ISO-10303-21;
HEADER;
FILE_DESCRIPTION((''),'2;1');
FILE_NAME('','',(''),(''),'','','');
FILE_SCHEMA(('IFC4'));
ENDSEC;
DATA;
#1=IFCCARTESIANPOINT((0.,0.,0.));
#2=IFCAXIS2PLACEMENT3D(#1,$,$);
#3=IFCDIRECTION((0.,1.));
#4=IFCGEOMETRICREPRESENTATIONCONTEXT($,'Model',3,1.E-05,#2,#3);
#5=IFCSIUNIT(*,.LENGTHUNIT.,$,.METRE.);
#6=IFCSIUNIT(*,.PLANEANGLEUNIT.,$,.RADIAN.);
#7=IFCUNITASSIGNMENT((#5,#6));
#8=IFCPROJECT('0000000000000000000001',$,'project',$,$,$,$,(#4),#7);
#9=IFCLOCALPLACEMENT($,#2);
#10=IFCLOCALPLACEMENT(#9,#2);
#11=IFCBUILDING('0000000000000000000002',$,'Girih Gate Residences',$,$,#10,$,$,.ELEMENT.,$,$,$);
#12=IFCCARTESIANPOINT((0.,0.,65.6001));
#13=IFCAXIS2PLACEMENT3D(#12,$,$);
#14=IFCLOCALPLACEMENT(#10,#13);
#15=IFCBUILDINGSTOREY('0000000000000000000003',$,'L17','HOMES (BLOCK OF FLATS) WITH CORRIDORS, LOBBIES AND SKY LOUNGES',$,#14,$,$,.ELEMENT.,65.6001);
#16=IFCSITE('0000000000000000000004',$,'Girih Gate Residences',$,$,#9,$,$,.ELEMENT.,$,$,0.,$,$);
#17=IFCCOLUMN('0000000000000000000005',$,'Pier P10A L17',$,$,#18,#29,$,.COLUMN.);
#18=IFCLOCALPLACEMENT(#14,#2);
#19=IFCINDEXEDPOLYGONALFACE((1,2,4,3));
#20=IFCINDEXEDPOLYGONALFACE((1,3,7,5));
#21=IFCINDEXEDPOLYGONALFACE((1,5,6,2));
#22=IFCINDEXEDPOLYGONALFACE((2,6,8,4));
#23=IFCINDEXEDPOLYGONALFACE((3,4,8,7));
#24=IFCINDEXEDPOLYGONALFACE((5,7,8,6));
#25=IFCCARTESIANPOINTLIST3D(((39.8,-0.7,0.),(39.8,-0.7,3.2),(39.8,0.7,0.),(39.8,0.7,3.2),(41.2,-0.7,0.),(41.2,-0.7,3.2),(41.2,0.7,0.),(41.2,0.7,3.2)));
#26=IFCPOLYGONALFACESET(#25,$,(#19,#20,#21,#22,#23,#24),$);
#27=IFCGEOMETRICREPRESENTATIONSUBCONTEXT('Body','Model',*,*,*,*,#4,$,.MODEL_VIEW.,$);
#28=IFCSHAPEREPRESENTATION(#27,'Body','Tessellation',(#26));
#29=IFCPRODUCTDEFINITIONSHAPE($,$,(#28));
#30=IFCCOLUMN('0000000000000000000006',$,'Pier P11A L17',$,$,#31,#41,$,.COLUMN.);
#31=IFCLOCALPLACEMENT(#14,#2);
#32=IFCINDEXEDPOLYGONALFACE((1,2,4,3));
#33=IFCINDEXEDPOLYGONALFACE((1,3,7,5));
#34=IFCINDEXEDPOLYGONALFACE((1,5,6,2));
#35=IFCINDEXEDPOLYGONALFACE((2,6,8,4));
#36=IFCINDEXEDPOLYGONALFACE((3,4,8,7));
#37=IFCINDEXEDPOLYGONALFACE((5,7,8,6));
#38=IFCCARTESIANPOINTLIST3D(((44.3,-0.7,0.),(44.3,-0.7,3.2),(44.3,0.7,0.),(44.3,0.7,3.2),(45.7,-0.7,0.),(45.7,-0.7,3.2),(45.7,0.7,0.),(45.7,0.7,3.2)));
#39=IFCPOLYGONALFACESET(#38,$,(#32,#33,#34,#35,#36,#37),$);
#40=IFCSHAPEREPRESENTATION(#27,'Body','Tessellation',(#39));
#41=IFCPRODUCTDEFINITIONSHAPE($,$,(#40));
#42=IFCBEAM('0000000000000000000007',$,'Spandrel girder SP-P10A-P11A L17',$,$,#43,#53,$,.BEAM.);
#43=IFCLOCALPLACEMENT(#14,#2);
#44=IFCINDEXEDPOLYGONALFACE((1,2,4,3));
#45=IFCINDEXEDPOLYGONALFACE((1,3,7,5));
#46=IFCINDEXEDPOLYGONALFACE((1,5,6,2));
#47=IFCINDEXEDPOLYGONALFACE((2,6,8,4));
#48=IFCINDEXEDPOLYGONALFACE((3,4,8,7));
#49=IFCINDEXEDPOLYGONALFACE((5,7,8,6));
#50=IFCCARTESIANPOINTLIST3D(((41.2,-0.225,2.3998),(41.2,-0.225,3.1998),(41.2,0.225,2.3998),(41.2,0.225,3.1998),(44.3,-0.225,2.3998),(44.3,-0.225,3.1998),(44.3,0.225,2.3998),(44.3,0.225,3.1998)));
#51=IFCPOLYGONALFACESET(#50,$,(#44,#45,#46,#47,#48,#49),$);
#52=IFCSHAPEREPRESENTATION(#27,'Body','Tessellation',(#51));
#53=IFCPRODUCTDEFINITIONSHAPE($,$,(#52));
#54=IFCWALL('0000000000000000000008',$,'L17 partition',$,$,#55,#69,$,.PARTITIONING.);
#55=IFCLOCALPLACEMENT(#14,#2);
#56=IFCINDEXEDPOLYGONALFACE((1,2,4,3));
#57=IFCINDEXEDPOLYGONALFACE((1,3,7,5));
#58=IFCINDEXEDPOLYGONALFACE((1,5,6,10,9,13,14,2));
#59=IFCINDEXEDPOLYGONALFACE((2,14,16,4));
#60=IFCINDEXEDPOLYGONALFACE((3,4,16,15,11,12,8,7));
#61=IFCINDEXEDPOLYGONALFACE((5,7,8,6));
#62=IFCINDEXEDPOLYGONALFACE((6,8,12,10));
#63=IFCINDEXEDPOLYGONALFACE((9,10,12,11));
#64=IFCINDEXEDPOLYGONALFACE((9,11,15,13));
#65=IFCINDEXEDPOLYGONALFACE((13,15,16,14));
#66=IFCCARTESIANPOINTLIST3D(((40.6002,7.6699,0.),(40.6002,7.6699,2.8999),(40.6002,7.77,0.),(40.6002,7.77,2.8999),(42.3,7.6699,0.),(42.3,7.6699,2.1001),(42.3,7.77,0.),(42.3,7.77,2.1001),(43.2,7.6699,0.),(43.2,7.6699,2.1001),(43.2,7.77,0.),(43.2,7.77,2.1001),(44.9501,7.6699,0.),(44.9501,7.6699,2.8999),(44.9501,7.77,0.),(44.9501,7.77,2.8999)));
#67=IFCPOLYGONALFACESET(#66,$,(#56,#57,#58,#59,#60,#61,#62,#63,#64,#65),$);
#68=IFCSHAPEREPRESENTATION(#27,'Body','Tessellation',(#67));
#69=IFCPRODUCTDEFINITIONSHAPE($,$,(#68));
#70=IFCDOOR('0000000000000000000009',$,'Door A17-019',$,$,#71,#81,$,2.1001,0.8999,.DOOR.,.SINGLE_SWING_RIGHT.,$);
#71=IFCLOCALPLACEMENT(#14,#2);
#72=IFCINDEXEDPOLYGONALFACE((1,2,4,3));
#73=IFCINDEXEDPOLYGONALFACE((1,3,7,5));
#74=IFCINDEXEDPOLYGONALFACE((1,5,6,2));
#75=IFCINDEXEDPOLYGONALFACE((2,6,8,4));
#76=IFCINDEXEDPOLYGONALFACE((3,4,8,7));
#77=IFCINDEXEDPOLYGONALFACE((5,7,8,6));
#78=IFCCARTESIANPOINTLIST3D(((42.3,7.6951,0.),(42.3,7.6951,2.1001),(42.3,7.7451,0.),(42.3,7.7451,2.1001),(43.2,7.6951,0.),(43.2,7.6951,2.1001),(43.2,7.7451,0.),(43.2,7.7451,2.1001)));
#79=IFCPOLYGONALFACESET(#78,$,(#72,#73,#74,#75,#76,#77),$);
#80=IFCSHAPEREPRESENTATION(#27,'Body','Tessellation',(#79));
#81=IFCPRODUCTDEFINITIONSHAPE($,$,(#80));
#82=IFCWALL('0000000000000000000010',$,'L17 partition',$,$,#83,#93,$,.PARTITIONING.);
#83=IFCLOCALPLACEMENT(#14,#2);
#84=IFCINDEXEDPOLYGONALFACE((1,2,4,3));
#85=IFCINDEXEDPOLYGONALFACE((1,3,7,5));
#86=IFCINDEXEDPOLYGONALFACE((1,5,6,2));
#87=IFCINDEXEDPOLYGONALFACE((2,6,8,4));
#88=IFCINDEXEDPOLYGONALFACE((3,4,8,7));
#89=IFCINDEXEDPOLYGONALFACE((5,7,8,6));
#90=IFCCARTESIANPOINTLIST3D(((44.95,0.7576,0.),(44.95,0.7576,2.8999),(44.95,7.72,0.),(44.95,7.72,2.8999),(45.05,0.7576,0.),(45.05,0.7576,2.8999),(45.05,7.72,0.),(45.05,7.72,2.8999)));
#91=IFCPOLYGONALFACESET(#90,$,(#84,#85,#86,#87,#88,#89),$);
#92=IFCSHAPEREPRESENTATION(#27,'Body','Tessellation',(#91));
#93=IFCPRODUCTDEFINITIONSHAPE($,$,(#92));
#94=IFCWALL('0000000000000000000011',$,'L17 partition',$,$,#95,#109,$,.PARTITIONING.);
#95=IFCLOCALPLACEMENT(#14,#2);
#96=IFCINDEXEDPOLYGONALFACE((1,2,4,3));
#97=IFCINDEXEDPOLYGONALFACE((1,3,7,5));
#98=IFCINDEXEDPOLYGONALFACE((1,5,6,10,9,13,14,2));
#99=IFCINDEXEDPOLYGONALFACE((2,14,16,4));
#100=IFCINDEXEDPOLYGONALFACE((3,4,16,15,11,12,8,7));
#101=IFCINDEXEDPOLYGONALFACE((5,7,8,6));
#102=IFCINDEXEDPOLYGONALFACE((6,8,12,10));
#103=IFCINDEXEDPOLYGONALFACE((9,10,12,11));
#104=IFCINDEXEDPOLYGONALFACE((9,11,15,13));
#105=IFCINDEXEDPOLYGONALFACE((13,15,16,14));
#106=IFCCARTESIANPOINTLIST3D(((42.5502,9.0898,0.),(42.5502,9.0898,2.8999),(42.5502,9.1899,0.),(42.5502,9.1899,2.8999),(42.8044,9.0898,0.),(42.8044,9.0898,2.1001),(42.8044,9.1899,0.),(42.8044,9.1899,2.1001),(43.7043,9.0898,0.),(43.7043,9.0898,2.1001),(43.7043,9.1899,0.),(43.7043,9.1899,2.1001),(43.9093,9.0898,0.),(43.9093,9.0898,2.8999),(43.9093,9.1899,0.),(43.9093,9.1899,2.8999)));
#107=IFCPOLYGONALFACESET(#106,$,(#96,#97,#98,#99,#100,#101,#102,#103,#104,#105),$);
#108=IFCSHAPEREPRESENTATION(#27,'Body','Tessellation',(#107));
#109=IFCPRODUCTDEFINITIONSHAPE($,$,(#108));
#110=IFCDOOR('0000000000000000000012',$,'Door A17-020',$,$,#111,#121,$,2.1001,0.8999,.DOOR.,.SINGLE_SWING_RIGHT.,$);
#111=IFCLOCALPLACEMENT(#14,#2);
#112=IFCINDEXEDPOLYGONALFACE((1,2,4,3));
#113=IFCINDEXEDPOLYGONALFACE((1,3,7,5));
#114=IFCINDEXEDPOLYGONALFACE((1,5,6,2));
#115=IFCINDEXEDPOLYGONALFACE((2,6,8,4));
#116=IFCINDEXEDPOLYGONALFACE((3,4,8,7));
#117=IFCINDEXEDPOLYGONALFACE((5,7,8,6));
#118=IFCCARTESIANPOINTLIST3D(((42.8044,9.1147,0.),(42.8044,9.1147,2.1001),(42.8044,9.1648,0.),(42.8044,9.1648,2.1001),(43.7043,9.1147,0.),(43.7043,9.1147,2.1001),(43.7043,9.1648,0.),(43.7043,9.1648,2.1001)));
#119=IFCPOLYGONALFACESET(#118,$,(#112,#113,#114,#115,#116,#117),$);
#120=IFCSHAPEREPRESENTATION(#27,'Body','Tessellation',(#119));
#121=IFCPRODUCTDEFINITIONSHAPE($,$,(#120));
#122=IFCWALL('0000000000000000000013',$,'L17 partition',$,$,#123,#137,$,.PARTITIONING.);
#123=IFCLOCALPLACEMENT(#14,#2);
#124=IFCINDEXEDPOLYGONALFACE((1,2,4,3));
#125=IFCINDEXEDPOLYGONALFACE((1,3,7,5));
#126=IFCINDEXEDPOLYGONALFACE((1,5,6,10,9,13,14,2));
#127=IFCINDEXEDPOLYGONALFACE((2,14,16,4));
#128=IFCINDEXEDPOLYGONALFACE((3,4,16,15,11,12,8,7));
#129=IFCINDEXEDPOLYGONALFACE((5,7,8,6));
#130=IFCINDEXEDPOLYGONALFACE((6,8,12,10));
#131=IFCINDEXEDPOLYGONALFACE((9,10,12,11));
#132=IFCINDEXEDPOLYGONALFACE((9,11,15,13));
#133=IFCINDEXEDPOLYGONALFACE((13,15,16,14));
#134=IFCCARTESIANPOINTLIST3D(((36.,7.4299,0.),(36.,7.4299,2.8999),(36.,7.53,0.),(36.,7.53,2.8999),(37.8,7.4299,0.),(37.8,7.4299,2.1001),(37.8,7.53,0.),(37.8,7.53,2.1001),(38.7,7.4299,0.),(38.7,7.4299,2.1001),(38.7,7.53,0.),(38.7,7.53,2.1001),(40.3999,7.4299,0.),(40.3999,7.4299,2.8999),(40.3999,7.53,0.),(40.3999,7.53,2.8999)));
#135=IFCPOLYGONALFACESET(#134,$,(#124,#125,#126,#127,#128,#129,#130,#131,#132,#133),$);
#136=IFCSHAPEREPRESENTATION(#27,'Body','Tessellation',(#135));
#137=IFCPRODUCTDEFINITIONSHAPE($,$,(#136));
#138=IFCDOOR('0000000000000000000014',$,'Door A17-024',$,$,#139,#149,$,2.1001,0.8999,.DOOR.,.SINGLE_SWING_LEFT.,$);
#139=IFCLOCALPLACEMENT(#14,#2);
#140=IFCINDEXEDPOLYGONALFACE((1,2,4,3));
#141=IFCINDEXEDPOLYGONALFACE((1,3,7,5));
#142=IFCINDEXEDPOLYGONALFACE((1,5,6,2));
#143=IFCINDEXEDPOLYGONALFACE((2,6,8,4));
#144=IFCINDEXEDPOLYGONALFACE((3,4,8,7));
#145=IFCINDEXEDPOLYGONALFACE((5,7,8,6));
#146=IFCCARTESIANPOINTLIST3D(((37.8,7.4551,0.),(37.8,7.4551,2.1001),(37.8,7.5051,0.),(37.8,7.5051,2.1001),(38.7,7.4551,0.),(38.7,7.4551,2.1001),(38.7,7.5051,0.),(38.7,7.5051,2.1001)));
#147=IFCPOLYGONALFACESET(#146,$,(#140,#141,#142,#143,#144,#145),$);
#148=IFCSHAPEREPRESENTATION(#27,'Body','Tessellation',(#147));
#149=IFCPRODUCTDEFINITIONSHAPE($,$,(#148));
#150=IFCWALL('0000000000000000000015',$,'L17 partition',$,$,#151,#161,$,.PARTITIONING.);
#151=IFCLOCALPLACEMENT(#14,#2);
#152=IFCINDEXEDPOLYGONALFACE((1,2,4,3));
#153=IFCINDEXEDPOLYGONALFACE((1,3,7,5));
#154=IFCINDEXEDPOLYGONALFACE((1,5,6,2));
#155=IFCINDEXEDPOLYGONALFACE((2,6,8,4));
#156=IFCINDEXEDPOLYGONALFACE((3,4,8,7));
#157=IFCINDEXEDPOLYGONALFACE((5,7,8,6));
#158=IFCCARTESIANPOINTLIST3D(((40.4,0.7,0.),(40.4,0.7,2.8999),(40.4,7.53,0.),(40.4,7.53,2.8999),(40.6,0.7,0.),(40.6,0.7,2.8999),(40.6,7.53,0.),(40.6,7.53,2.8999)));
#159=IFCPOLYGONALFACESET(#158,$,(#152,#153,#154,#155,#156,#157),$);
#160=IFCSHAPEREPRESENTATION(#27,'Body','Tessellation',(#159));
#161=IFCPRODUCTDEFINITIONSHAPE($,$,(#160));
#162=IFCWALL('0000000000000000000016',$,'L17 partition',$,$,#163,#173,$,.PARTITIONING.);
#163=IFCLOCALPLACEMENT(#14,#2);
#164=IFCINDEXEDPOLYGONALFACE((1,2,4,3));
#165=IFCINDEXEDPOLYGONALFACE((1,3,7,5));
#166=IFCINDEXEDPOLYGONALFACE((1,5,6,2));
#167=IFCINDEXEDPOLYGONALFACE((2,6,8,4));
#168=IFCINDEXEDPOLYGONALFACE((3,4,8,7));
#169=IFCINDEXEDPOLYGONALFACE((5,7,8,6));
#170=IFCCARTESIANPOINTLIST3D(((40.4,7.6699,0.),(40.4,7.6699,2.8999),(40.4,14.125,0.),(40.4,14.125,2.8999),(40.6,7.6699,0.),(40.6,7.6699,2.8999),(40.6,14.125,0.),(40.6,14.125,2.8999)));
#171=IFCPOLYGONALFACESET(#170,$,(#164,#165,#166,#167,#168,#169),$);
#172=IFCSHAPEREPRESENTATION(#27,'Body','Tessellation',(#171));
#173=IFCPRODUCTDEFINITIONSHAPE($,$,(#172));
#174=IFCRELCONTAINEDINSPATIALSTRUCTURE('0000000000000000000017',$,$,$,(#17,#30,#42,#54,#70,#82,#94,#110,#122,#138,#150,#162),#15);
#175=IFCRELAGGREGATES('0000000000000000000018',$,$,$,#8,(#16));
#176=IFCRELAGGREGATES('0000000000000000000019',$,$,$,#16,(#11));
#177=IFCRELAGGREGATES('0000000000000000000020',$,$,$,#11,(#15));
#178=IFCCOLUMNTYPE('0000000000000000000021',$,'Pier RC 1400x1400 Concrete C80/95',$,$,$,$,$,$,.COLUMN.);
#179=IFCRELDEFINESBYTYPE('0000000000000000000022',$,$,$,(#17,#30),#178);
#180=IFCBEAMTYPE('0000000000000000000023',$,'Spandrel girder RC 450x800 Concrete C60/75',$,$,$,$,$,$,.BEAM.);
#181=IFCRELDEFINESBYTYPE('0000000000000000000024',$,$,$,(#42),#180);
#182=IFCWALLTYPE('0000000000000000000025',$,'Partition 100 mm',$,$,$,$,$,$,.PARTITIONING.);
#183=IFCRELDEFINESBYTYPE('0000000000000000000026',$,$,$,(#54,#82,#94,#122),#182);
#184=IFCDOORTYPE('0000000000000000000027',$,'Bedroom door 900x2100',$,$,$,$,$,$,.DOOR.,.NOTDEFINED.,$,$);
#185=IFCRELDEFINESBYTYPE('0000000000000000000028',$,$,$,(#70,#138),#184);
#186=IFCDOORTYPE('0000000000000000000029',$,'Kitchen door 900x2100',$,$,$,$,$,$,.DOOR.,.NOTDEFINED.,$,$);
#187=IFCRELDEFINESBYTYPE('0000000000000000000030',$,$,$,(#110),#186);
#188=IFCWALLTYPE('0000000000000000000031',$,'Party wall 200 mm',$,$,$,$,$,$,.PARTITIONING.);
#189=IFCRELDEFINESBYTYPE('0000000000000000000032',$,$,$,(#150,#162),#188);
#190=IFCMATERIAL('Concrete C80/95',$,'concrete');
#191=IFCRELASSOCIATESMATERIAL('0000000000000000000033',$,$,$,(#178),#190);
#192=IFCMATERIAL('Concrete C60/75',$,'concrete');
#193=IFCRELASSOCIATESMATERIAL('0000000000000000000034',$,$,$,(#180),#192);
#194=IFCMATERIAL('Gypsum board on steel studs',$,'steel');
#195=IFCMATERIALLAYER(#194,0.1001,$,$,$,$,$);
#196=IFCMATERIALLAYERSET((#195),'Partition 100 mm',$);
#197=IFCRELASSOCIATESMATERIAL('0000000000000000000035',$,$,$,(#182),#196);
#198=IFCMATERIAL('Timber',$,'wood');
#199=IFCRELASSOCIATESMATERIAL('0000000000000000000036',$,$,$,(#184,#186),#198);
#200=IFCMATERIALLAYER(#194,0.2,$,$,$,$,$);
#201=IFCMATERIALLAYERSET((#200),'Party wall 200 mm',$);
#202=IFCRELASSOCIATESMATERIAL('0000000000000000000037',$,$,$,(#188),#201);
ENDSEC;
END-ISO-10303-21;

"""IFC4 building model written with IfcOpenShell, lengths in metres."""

from ifc_helpers import new_model, si_unit, direction, frame, frame_2d, origin, origin_2d, place, context, subcontext, project, spatial, rectangle, extrude, material, layer, layer_set, material_profile, profile_set, type_object, element, fill, save


model = new_model("IFC4")

# Units and contexts
model_context = context("Model", 3, precision=1e-05, world=origin(), true_north=direction((0.0, 1.0)))
body_context = subcontext(model_context, "Body", "Model", "MODEL_VIEW")
ifc_project = project(units=[si_unit("LENGTHUNIT", "METRE"), si_unit("PLANEANGLEUNIT", "RADIAN")], contexts=[model_context])

# Site, building, storey
site_placement = place(None, origin())
site = spatial("IfcSite", under=ifc_project, at=site_placement, Name="Girih Gate Residences", CompositionType="ELEMENT", RefElevation=0.0)
building_placement = place(site_placement, origin())
building = spatial("IfcBuilding", under=site, at=building_placement, Name="Girih Gate Residences", CompositionType="ELEMENT")
storey_placement = place(building_placement, frame((0.0, 0.0, 65.6001)))
storey = spatial("IfcBuildingStorey", under=building, at=storey_placement, Name="L17", Description="HOMES (BLOCK OF FLATS) WITH CORRIDORS, LOBBIES AND SKY LOUNGES", CompositionType="ELEMENT", Elevation=65.6001)

# Columns
ifc_material_1 = material(Name="Concrete C80/95", Category="concrete")
ifc_material_profile_1 = material_profile(ifc_material_1, rectangle(XDim=1.3999, YDim=1.3999, at=origin_2d()))
ifc_profile_set_1 = profile_set([ifc_material_profile_1], Name="Concrete C80/95")
column_type = type_object("IfcColumnType", Name="Pier RC 1400x1400 Concrete C80/95", PredefinedType="COLUMN", material=ifc_profile_set_1)
for number, where, z_axis, x_axis, name in (
    (1, (40.5, 0.0, 0.0), (0.0, 0.0, 1.0), (1.0, 0.0, 0.0), "Pier P10A L17"),
    (2, (45.0, 0.0, 0.0), (0.0, 0.0, 1.0), (1.0, 0.0, 0.0), "Pier P11A L17"),
):
    element("IfcColumn", number, at=place(storey_placement, frame(where, z_axis=z_axis, x_axis=x_axis)), inside=storey, type_object=column_type, Name=name, PredefinedType="COLUMN", context=body_context, shape_type="SweptSolid", body=[
        extrude(rectangle(XDim=1.3999, YDim=1.3999, at=origin_2d()), origin(), (0.0, 0.0, 1.0), 3.2),
    ])

# Beam
ifc_material_2 = material(Name="Concrete C60/75", Category="concrete")
ifc_material_profile_2 = material_profile(ifc_material_2, rectangle(XDim=0.45, YDim=0.8, at=origin_2d()))
ifc_profile_set_2 = profile_set([ifc_material_profile_2], Name="Concrete C60/75")
beam_type = type_object("IfcBeamType", Name="Spandrel girder RC 450x800 Concrete C60/75", PredefinedType="BEAM", material=ifc_profile_set_2)
beam_placement = place(storey_placement, frame((41.2, 0.0, 2.7998), z_axis=(1.0, 0.0, 0.0), x_axis=(0.0, 1.0, 0.0)))
element("IfcBeam", 3, at=beam_placement, inside=storey, type_object=beam_type, Name="Spandrel girder SP-P10A-P11A L17", PredefinedType="BEAM", context=body_context, shape_type="SweptSolid", body=[
    extrude(rectangle(XDim=0.45, YDim=0.8, at=origin_2d()), origin(), (0.0, 0.0, 1.0), 3.1001),
])

# Wall, opening, door
ifc_material_3 = material(Name="Gypsum board on steel studs", Category="steel")
ifc_layer_1 = layer(ifc_material_3, 0.1001)
ifc_layer_set_1 = layer_set([ifc_layer_1], Name="Partition 100 mm")
wall_type_1 = type_object("IfcWallType", Name="Partition 100 mm", PredefinedType="PARTITIONING", material=ifc_layer_set_1)
wall_1_placement = place(storey_placement, frame((44.95, 7.72, 0.0), z_axis=(0.0, 0.0, 1.0), x_axis=(-1.0, 0.0, 0.0)))
wall_1 = element("IfcWall", 4, at=wall_1_placement, inside=storey, type_object=wall_type_1, Name="L17 partition", PredefinedType="PARTITIONING", context=body_context, shape_type="SweptSolid", body=[
    extrude(rectangle(XDim=4.3499, YDim=0.1001, at=frame_2d((2.1748, 0.0))), origin(), (0.0, 0.0, 1.0), 2.8999),
])
opening_1_placement = place(wall_1_placement, frame((1.75, 0.0, 0.0)))
opening_1 = element("IfcOpeningElement", 5, at=opening_1_placement, cuts=wall_1, PredefinedType="OPENING", context=body_context, shape_type="SweptSolid", body=[
    extrude(rectangle(XDim=0.8999, YDim=2.1001, at=frame_2d((0.45, 1.05))), frame((0.0, 0.0601, 0.0), z_axis=(0.0, -1.0, 0.0), x_axis=(1.0, 0.0, 0.0)), (0.0, 0.0, 1.0), 0.1201),
])
ifc_material_4 = material(Name="Timber", Category="wood")
door_type_1 = type_object("IfcDoorType", Name="Bedroom door 900x2100", OperationType="NOTDEFINED", PredefinedType="DOOR", material=ifc_material_4)
door_1_placement = place(opening_1_placement, origin())
door_1 = element("IfcDoor", 6, at=door_1_placement, inside=storey, type_object=door_type_1, Name="Door A17-019", OperationType="SINGLE_SWING_RIGHT", OverallHeight=2.1001, OverallWidth=0.8999, PredefinedType="DOOR", context=body_context, shape_type="SweptSolid", body=[
    extrude(rectangle(XDim=0.8999, YDim=2.1001, at=frame_2d((0.45, 1.05))), frame((0.0, 0.0249, 0.0), z_axis=(0.0, -1.0, 0.0), x_axis=(1.0, 0.0, 0.0)), (0.0, 0.0, 1.0), 0.05),
])
fill(opening_1, door_1)

# Wall
wall_2_placement = place(storey_placement, frame((45.0, 0.7576, 0.0), z_axis=(0.0, 0.0, 1.0), x_axis=(0.0, 1.0, 0.0)))
element("IfcWall", 7, at=wall_2_placement, inside=storey, type_object=wall_type_1, Name="L17 partition", PredefinedType="PARTITIONING", context=body_context, shape_type="SweptSolid", body=[
    extrude(rectangle(XDim=6.9624, YDim=0.1001, at=frame_2d((3.4812, 0.0))), origin(), (0.0, 0.0, 1.0), 2.8999),
])

# Walls, openings, doors
wall_3_placement = place(storey_placement, frame((42.55, 9.1399, 0.0), z_axis=(0.0, 0.0, 1.0), x_axis=(1.0, 0.0, 0.0)))
wall_3 = element("IfcWall", 8, at=wall_3_placement, inside=storey, type_object=wall_type_1, Name="L17 partition", PredefinedType="PARTITIONING", context=body_context, shape_type="SweptSolid", body=[
    extrude(rectangle(XDim=1.3591, YDim=0.1001, at=frame_2d((0.6797, 0.0))), origin(), (0.0, 0.0, 1.0), 2.8999),
])
opening_2_placement = place(wall_3_placement, frame((0.2544, 0.0, 0.0)))
opening_2 = element("IfcOpeningElement", 9, at=opening_2_placement, cuts=wall_3, PredefinedType="OPENING", context=body_context, shape_type="SweptSolid", body=[
    extrude(rectangle(XDim=0.8999, YDim=2.1001, at=frame_2d((0.45, 1.05))), frame((0.0, 0.0601, 0.0), z_axis=(0.0, -1.0, 0.0), x_axis=(1.0, 0.0, 0.0)), (0.0, 0.0, 1.0), 0.1201),
])
door_type_2 = type_object("IfcDoorType", Name="Kitchen door 900x2100", OperationType="NOTDEFINED", PredefinedType="DOOR", material=ifc_material_4)
door_2_placement = place(opening_2_placement, origin())
door_2 = element("IfcDoor", 10, at=door_2_placement, inside=storey, type_object=door_type_2, Name="Door A17-020", OperationType="SINGLE_SWING_RIGHT", OverallHeight=2.1001, OverallWidth=0.8999, PredefinedType="DOOR", context=body_context, shape_type="SweptSolid", body=[
    extrude(rectangle(XDim=0.8999, YDim=2.1001, at=frame_2d((0.45, 1.05))), frame((0.0, 0.0249, 0.0), z_axis=(0.0, -1.0, 0.0), x_axis=(1.0, 0.0, 0.0)), (0.0, 0.0, 1.0), 0.05),
])
fill(opening_2, door_2)
wall_4_placement = place(storey_placement, frame((40.3999, 7.48, 0.0), z_axis=(0.0, 0.0, 1.0), x_axis=(-1.0, 0.0, 0.0)))
wall_4 = element("IfcWall", 11, at=wall_4_placement, inside=storey, type_object=wall_type_1, Name="L17 partition", PredefinedType="PARTITIONING", context=body_context, shape_type="SweptSolid", body=[
    extrude(rectangle(XDim=4.3999, YDim=0.1001, at=frame_2d((2.2, 0.0))), origin(), (0.0, 0.0, 1.0), 2.8999),
])
opening_3_placement = place(wall_4_placement, frame((1.7, 0.0, 0.0)))
opening_3 = element("IfcOpeningElement", 12, at=opening_3_placement, cuts=wall_4, PredefinedType="OPENING", context=body_context, shape_type="SweptSolid", body=[
    extrude(rectangle(XDim=0.8999, YDim=2.1001, at=frame_2d((0.45, 1.05))), frame((0.0, 0.0601, 0.0), z_axis=(0.0, -1.0, 0.0), x_axis=(1.0, 0.0, 0.0)), (0.0, 0.0, 1.0), 0.1201),
])
door_3_placement = place(opening_3_placement, origin())
door_3 = element("IfcDoor", 13, at=door_3_placement, inside=storey, type_object=door_type_1, Name="Door A17-024", OperationType="SINGLE_SWING_LEFT", OverallHeight=2.1001, OverallWidth=0.8999, PredefinedType="DOOR", context=body_context, shape_type="SweptSolid", body=[
    extrude(rectangle(XDim=0.8999, YDim=2.1001, at=frame_2d((0.45, 1.05))), frame((0.0, 0.0249, 0.0), z_axis=(0.0, -1.0, 0.0), x_axis=(1.0, 0.0, 0.0)), (0.0, 0.0, 1.0), 0.05),
])
fill(opening_3, door_3)

# Walls
ifc_layer_2 = layer(ifc_material_3, 0.2)
ifc_layer_set_2 = layer_set([ifc_layer_2], Name="Party wall 200 mm")
wall_type_2 = type_object("IfcWallType", Name="Party wall 200 mm", PredefinedType="PARTITIONING", material=ifc_layer_set_2)
wall_5_placement = place(storey_placement, frame((40.5, 0.7, 0.0), z_axis=(0.0, 0.0, 1.0), x_axis=(0.0, 1.0, 0.0)))
element("IfcWall", 14, at=wall_5_placement, inside=storey, type_object=wall_type_2, Name="L17 partition", PredefinedType="PARTITIONING", context=body_context, shape_type="SweptSolid", body=[
    extrude(rectangle(XDim=6.8301, YDim=0.2, at=frame_2d((3.415, 0.0))), origin(), (0.0, 0.0, 1.0), 2.8999),
])
wall_6_placement = place(storey_placement, frame((40.5, 7.6699, 0.0), z_axis=(0.0, 0.0, 1.0), x_axis=(0.0, 1.0, 0.0)))
element("IfcWall", 15, at=wall_6_placement, inside=storey, type_object=wall_type_2, Name="L17 partition", PredefinedType="PARTITIONING", context=body_context, shape_type="SweptSolid", body=[
    extrude(rectangle(XDim=6.4551, YDim=0.2, at=frame_2d((3.2275, 0.0))), origin(), (0.0, 0.0, 1.0), 2.8999),
])

save(model, "model.ifc")
